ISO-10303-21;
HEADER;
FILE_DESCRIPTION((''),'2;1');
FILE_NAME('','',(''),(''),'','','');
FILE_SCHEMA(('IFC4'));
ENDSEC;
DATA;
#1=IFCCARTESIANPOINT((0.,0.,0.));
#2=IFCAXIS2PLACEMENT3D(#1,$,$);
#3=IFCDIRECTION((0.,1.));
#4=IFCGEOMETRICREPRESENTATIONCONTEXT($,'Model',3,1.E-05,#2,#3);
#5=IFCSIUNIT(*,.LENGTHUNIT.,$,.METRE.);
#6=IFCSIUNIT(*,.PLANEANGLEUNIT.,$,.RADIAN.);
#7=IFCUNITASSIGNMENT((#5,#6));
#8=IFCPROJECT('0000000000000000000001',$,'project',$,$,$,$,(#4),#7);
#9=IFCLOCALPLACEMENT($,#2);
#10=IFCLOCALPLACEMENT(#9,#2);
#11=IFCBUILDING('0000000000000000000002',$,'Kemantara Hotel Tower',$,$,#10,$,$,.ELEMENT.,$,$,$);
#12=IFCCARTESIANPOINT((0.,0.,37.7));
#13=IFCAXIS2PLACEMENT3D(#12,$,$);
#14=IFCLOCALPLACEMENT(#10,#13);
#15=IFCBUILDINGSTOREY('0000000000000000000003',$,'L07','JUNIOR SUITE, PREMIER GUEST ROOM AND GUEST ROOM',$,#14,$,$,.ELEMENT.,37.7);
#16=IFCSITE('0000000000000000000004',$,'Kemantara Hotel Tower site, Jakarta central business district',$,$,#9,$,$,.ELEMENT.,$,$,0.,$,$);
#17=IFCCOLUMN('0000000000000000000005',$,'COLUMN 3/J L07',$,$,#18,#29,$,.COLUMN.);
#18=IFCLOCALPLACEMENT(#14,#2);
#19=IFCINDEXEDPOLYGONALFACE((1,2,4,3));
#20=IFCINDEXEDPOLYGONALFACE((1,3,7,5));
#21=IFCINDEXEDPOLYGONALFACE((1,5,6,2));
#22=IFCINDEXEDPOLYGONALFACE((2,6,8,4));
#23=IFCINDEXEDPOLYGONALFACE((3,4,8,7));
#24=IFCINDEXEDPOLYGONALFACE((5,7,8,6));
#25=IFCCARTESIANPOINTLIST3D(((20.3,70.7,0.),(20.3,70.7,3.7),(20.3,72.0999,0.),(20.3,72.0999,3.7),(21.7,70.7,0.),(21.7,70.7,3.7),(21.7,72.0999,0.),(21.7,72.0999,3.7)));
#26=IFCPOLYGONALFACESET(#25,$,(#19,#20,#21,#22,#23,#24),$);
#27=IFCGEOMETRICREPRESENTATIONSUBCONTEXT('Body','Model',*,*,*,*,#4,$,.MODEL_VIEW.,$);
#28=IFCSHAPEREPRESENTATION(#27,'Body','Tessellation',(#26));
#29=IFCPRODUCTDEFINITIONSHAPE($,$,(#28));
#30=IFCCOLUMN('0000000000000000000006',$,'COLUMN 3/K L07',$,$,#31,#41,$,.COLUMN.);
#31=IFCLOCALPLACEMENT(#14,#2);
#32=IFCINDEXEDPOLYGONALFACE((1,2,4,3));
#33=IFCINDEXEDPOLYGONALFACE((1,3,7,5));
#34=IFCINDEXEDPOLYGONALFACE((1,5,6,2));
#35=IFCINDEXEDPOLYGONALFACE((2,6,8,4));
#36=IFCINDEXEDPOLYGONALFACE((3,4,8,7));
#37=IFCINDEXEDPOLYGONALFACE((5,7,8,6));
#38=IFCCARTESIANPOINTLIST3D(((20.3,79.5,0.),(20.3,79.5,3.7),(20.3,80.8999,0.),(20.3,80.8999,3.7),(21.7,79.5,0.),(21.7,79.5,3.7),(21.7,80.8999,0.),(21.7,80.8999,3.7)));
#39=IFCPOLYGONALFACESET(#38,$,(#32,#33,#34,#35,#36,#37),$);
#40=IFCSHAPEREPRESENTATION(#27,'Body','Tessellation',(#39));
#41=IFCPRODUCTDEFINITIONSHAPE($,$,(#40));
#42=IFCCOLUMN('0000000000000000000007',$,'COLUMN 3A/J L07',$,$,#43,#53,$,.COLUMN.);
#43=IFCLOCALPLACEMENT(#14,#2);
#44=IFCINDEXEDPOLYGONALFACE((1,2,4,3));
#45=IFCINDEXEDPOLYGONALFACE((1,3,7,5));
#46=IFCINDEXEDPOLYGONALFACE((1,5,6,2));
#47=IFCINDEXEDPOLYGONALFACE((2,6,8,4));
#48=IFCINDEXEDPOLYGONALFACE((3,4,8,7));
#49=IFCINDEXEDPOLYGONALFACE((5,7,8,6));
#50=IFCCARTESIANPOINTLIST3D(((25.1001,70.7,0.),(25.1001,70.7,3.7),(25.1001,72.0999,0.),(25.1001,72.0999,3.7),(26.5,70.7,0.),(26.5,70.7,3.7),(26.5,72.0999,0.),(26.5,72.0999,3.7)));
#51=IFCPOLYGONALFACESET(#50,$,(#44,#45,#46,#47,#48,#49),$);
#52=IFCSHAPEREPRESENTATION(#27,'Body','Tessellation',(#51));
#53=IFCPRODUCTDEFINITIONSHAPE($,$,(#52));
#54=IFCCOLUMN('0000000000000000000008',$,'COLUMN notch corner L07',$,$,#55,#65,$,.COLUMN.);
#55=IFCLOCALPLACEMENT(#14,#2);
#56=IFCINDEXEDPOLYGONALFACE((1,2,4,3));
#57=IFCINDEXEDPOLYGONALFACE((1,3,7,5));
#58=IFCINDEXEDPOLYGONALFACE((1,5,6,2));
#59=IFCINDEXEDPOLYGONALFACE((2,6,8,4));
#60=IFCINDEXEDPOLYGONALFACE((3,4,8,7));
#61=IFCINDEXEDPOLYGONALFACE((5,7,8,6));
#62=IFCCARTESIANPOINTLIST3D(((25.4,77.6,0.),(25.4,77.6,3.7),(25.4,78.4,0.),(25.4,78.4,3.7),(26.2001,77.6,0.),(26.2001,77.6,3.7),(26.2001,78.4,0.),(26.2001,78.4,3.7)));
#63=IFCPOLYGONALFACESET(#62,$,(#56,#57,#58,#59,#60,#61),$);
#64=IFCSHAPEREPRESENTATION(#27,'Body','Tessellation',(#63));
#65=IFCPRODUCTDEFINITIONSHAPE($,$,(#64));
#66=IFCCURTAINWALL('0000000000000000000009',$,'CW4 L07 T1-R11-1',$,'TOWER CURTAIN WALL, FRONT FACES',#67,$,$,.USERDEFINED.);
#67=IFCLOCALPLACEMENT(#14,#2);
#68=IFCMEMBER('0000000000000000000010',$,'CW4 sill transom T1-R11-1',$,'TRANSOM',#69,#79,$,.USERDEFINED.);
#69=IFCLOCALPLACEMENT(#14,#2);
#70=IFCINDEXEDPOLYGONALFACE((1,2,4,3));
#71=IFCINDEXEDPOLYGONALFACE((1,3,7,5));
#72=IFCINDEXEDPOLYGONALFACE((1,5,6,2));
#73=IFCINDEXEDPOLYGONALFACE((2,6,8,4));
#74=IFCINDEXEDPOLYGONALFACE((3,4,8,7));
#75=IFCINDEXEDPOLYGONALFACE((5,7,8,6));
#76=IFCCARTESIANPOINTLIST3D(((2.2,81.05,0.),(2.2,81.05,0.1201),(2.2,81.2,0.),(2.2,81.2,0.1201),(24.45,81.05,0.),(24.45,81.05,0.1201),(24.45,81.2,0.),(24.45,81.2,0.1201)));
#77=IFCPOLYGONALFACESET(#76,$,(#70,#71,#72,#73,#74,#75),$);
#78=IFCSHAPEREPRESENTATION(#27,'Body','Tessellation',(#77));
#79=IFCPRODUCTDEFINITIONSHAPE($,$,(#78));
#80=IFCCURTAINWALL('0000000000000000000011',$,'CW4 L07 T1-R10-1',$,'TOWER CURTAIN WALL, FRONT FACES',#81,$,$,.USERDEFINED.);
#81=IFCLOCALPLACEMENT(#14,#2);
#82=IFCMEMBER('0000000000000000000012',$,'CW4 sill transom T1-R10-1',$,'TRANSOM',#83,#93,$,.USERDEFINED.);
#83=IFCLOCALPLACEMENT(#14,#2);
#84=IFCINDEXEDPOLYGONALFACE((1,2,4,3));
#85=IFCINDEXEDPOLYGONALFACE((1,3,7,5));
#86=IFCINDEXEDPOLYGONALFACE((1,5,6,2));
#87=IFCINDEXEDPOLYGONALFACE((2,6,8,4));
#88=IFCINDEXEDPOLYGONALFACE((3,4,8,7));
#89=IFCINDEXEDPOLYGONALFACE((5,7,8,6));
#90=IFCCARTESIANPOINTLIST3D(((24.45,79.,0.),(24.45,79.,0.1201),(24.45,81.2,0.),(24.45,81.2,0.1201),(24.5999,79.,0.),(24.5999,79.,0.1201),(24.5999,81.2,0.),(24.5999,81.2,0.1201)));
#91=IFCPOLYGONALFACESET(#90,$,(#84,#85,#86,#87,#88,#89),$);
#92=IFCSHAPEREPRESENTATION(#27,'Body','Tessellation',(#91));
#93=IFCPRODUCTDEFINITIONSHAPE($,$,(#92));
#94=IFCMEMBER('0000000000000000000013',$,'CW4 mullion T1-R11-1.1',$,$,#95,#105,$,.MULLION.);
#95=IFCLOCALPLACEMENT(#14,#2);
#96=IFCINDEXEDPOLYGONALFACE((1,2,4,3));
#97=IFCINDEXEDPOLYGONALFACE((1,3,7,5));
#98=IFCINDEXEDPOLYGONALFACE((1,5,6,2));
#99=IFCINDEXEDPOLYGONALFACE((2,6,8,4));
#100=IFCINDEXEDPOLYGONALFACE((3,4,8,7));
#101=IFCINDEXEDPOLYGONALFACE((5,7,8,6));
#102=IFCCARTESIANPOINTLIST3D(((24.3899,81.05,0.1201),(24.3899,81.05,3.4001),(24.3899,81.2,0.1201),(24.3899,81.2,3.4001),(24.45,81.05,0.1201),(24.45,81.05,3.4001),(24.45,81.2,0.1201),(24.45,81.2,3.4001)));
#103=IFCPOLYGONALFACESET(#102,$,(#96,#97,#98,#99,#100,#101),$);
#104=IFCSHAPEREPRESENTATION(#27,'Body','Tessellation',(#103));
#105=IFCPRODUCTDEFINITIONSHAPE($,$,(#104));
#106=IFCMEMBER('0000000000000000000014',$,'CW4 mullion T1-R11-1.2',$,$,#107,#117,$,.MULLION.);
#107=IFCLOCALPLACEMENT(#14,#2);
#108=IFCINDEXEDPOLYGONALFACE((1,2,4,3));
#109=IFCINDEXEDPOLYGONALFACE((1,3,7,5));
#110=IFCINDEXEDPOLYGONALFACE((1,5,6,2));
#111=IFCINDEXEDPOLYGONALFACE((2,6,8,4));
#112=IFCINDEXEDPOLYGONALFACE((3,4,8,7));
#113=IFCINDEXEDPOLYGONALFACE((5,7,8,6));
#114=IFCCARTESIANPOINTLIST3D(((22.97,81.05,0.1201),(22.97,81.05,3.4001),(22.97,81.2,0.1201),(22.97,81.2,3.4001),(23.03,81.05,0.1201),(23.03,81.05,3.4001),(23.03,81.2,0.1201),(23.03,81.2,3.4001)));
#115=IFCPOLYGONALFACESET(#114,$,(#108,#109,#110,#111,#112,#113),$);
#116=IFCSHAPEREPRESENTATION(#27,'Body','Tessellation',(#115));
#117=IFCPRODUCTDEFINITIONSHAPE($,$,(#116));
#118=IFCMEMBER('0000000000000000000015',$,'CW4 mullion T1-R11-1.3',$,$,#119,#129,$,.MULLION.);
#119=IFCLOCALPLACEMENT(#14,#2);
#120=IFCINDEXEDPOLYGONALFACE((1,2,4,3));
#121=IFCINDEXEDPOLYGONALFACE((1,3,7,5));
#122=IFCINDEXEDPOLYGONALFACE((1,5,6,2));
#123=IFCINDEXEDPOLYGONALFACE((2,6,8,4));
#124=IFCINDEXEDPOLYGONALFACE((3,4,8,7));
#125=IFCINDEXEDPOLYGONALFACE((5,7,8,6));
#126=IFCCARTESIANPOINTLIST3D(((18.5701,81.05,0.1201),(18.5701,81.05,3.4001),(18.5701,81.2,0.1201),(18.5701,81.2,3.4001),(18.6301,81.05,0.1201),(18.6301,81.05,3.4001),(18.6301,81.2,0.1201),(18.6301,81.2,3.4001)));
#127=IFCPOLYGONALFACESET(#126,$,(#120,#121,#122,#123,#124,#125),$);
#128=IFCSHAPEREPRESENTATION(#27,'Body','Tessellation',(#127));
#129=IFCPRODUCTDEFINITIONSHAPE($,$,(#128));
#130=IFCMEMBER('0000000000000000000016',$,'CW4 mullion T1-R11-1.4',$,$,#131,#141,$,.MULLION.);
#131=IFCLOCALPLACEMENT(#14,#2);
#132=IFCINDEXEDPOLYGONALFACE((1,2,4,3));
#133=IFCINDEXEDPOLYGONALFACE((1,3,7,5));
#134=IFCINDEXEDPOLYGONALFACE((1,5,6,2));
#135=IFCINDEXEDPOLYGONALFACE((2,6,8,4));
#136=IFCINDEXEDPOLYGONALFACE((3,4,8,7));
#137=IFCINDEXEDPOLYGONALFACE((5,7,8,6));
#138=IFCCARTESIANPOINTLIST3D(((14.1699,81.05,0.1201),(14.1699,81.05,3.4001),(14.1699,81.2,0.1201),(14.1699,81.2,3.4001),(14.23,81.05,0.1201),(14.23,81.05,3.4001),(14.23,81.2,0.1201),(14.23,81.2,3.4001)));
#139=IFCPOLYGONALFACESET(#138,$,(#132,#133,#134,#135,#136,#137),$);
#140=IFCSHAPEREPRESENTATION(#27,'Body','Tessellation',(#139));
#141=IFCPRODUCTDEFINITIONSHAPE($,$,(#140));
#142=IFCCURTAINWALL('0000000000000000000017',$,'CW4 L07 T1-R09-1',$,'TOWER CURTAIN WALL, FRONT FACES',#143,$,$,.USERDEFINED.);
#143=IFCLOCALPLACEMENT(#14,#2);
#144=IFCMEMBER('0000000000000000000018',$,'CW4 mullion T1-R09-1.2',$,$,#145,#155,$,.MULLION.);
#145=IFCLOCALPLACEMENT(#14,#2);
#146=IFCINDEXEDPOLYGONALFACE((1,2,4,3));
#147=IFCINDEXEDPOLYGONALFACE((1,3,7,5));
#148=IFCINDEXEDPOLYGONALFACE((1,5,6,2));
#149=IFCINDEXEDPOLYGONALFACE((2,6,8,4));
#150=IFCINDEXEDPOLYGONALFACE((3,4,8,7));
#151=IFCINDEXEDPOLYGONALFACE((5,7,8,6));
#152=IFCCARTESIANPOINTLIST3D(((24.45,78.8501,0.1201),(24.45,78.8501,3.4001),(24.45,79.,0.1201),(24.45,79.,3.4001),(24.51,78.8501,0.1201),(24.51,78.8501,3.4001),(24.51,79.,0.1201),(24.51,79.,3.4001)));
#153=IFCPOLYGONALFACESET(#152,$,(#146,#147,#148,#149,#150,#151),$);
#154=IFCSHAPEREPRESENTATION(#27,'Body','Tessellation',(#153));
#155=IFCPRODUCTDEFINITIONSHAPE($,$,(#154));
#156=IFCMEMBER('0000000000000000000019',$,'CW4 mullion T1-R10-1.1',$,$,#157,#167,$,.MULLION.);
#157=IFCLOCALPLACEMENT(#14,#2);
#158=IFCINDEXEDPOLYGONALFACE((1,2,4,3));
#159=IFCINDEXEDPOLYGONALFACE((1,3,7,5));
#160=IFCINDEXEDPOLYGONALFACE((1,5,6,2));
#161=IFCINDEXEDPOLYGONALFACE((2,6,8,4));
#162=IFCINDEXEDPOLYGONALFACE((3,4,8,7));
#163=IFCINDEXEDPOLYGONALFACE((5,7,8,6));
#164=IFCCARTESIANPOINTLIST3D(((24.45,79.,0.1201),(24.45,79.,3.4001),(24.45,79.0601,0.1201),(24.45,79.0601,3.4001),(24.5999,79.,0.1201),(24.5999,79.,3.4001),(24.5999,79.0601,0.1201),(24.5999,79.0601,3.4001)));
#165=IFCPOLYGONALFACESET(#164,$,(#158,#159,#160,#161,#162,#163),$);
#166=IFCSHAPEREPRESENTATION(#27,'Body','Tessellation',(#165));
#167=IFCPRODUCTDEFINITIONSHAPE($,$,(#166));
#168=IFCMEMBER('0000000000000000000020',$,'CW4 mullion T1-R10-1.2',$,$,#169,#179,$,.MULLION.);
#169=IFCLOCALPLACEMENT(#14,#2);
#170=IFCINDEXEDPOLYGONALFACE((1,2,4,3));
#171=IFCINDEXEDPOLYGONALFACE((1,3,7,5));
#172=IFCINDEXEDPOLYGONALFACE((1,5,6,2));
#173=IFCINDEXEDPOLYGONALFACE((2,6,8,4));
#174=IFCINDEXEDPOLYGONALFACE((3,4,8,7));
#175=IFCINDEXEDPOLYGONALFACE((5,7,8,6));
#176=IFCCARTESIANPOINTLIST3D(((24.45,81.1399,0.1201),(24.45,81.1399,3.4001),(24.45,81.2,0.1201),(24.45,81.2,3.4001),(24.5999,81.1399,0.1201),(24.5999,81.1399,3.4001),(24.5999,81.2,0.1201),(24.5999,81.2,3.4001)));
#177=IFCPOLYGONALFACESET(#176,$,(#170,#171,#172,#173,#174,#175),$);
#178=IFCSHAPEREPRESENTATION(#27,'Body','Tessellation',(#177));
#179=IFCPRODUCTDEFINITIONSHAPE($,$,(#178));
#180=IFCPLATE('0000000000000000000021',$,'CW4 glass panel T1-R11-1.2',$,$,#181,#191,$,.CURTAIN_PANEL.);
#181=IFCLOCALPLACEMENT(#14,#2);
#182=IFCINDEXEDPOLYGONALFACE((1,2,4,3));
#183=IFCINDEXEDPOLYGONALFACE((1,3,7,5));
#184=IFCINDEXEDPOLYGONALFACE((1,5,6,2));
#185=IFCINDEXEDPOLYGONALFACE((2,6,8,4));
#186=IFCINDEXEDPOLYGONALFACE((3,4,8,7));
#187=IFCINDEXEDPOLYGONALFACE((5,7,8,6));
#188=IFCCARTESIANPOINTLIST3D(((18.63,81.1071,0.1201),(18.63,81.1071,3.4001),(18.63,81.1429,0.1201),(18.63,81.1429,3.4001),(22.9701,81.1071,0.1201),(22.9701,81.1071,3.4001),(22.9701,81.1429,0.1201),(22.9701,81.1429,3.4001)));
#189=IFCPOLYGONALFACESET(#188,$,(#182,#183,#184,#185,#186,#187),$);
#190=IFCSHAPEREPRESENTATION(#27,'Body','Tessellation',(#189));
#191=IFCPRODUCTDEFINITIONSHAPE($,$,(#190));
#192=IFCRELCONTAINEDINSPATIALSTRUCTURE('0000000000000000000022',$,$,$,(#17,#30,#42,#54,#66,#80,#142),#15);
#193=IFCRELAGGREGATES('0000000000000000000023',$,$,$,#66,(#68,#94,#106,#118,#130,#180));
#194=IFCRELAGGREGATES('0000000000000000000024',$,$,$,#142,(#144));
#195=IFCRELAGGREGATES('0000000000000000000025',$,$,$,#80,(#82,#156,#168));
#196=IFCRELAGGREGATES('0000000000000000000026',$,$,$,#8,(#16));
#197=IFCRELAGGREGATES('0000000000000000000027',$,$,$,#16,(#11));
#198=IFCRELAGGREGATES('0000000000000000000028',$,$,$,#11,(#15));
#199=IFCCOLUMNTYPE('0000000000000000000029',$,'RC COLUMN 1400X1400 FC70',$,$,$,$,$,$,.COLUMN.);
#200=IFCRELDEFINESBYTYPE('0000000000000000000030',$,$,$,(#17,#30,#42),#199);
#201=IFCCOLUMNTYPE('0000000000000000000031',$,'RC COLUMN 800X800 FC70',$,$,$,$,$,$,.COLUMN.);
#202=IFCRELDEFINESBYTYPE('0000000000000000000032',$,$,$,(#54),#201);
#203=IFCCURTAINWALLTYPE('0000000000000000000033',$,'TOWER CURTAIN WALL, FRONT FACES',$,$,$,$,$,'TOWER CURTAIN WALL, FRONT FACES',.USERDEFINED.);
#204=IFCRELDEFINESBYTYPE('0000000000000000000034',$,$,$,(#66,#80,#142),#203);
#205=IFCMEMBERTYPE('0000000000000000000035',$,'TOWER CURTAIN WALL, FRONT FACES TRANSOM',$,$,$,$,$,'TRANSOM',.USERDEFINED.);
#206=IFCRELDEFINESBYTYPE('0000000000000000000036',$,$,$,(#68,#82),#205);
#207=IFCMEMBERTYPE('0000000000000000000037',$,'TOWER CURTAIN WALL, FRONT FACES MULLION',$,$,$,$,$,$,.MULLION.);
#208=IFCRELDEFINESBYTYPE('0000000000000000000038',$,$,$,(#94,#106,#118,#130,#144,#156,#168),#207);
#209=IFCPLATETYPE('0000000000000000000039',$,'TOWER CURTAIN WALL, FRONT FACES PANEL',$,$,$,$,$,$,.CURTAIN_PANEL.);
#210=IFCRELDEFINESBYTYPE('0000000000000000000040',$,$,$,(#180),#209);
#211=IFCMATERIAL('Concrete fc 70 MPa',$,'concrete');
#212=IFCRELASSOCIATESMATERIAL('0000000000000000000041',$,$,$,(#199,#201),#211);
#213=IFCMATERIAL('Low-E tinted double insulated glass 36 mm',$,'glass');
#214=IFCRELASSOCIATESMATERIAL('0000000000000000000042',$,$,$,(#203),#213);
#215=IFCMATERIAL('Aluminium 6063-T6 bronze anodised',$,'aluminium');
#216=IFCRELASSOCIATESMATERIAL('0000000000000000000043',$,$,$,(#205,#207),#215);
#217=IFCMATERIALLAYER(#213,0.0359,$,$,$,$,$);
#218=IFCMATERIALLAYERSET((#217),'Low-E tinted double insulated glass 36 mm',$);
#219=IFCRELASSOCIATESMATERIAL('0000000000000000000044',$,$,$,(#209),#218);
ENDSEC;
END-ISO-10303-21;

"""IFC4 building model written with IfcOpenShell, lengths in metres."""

from ifc_helpers import new_model, si_unit, direction, frame, origin, origin_2d, place, context, subcontext, project, spatial, rectangle, extrude, source, transform, mapped, material, layer, layer_set, material_profile, profile_set, type_object, element, aggregate, save


model = new_model("IFC4")

# Units and contexts
model_context = context("Model", 3, precision=1e-05, world=origin(), true_north=direction((0.0, 1.0)))
body_context = subcontext(model_context, "Body", "Model", "MODEL_VIEW")
ifc_project = project(units=[si_unit("LENGTHUNIT", "METRE"), si_unit("PLANEANGLEUNIT", "RADIAN")], contexts=[model_context])

# Site, building, storey
site_placement = place(None, origin())
site = spatial("IfcSite", under=ifc_project, at=site_placement, Name="Kemantara Hotel Tower site, Jakarta central business district", CompositionType="ELEMENT", RefElevation=0.0)
building_placement = place(site_placement, origin())
building = spatial("IfcBuilding", under=site, at=building_placement, Name="Kemantara Hotel Tower", CompositionType="ELEMENT")
storey_placement = place(building_placement, frame((0.0, 0.0, 37.7)))
storey = spatial("IfcBuildingStorey", under=building, at=storey_placement, Name="L07", Description="JUNIOR SUITE, PREMIER GUEST ROOM AND GUEST ROOM", CompositionType="ELEMENT", Elevation=37.7)

# Columns
ifc_material_1 = material(Name="Concrete fc 70 MPa", Category="concrete")
ifc_material_profile_1 = material_profile(ifc_material_1, rectangle(XDim=1.3999, YDim=1.3999, at=origin_2d()), Name="RC 1400X1400")
ifc_profile_set_1 = profile_set([ifc_material_profile_1], Name="Concrete fc 70 MPa")
column_type_1 = type_object("IfcColumnType", Name="RC COLUMN 1400X1400 FC70", PredefinedType="COLUMN", material=ifc_profile_set_1)
for number, where, z_axis, x_axis, name in (
    (1, (21.0, 71.3999, 0.0), (0.0, 0.0, 1.0), (1.0, 0.0, 0.0), "COLUMN 3/J L07"),
    (2, (21.0, 80.2, 0.0), (0.0, 0.0, 1.0), (1.0, 0.0, 0.0), "COLUMN 3/K L07"),
    (3, (25.8, 71.3999, 0.0), (0.0, 0.0, 1.0), (1.0, 0.0, 0.0), "COLUMN 3A/J L07"),
):
    element("IfcColumn", number, at=place(storey_placement, frame(where, z_axis=z_axis, x_axis=x_axis)), inside=storey, type_object=column_type_1, Name=name, PredefinedType="COLUMN", context=body_context, shape_type="SweptSolid", body=[
        extrude(rectangle(XDim=1.3999, YDim=1.3999, at=origin_2d()), origin(), (0.0, 0.0, 1.0), 3.7),
    ])
ifc_material_profile_2 = material_profile(ifc_material_1, rectangle(XDim=0.8, YDim=0.8, at=origin_2d()), Name="RC 800X800")
ifc_profile_set_2 = profile_set([ifc_material_profile_2], Name="Concrete fc 70 MPa")
column_type_2 = type_object("IfcColumnType", Name="RC COLUMN 800X800 FC70", PredefinedType="COLUMN", material=ifc_profile_set_2)
column_placement = place(storey_placement, frame((25.8, 78.0, 0.0), z_axis=(0.0, 0.0, 1.0), x_axis=(1.0, 0.0, 0.0)))
element("IfcColumn", 4, at=column_placement, inside=storey, type_object=column_type_2, Name="COLUMN notch corner L07", PredefinedType="COLUMN", context=body_context, shape_type="SweptSolid", body=[
    extrude(rectangle(XDim=0.8, YDim=0.8, at=origin_2d()), origin(), (0.0, 0.0, 1.0), 3.7),
])

# Curtain walls, members
ifc_material_2 = material(Name="Low-E tinted double insulated glass 36 mm", Category="glass")
curtain_wall_type = type_object("IfcCurtainWallType", Name="TOWER CURTAIN WALL, FRONT FACES", ElementType="TOWER CURTAIN WALL, FRONT FACES", PredefinedType="USERDEFINED", material=ifc_material_2)
curtain_wall_1_placement = place(storey_placement, origin())
curtain_wall_1 = element("IfcCurtainWall", 5, at=curtain_wall_1_placement, inside=storey, type_object=curtain_wall_type, Name="CW4 L07 T1-R11-1", ObjectType="TOWER CURTAIN WALL, FRONT FACES", PredefinedType="USERDEFINED")
ifc_material_3 = material(Name="Aluminium 6063-T6 bronze anodised", Category="aluminium")
ifc_material_profile_3 = material_profile(ifc_material_3, rectangle(XDim=0.1499, YDim=0.1201, at=origin_2d()), Name="TOWER CURTAIN WALL, FRONT FACES TRANSOM")
ifc_profile_set_3 = profile_set([ifc_material_profile_3], Name="Aluminium 6063-T6 bronze anodised")
member_type_1 = type_object("IfcMemberType", Name="TOWER CURTAIN WALL, FRONT FACES TRANSOM", ElementType="TRANSOM", PredefinedType="USERDEFINED", material=ifc_profile_set_3)
member_1_placement = place(storey_placement, frame((24.45, 81.125, 0.0601), z_axis=(-1.0, 0.0, 0.0), x_axis=(0.0, -1.0, 0.0)))
member_1 = element("IfcMember", 6, at=member_1_placement, type_object=member_type_1, Name="CW4 sill transom T1-R11-1", ObjectType="TRANSOM", PredefinedType="USERDEFINED", context=body_context, shape_type="SweptSolid", body=[
    extrude(rectangle(XDim=0.1499, YDim=0.1201, at=origin_2d()), origin(), (0.0, 0.0, 1.0), 22.25),
])
curtain_wall_2_placement = place(storey_placement, origin())
curtain_wall_2 = element("IfcCurtainWall", 7, at=curtain_wall_2_placement, inside=storey, type_object=curtain_wall_type, Name="CW4 L07 T1-R10-1", ObjectType="TOWER CURTAIN WALL, FRONT FACES", PredefinedType="USERDEFINED")
member_2_placement = place(storey_placement, frame((24.5249, 79.0, 0.0601), z_axis=(0.0, 1.0, 0.0), x_axis=(-1.0, 0.0, 0.0)))
member_2 = element("IfcMember", 8, at=member_2_placement, type_object=member_type_1, Name="CW4 sill transom T1-R10-1", ObjectType="TRANSOM", PredefinedType="USERDEFINED", context=body_context, shape_type="SweptSolid", body=[
    extrude(rectangle(XDim=0.1499, YDim=0.1201, at=origin_2d()), origin(), (0.0, 0.0, 1.0), 2.2),
])

# Members
ifc_material_profile_4 = material_profile(ifc_material_3, rectangle(XDim=0.1499, YDim=0.0601, at=origin_2d()), Name="TOWER CURTAIN WALL, FRONT FACES MULLION")
ifc_profile_set_4 = profile_set([ifc_material_profile_4], Name="Aluminium 6063-T6 bronze anodised")
member_type_2 = type_object("IfcMemberType", Name="TOWER CURTAIN WALL, FRONT FACES MULLION", PredefinedType="MULLION", material=ifc_profile_set_4)
shared_shape_1 = source(origin(), body_context, "Body", "SweptSolid", [
    extrude(rectangle(XDim=0.1499, YDim=0.0601, at=origin_2d()), origin(), (0.0, 0.0, 1.0), 3.28),
])
member_3_placement = place(storey_placement, frame((24.4199, 81.125, 0.1201), z_axis=(0.0, 0.0, 1.0), x_axis=(0.0, -1.0, 0.0)))
member_3 = element("IfcMember", 9, at=member_3_placement, type_object=member_type_2, Name="CW4 mullion T1-R11-1.1", PredefinedType="MULLION", context=body_context, shape_type="MappedRepresentation", body=[
    mapped(shared_shape_1, transform((0.0, 0.0, 0.0))),
])
member_4_placement = place(storey_placement, frame((23.0, 81.125, 0.1201), z_axis=(0.0, 0.0, 1.0), x_axis=(0.0, -1.0, 0.0)))
member_4 = element("IfcMember", 10, at=member_4_placement, type_object=member_type_2, Name="CW4 mullion T1-R11-1.2", PredefinedType="MULLION", context=body_context, shape_type="MappedRepresentation", body=[
    mapped(shared_shape_1, transform((0.0, 0.0, 0.0))),
])
member_5_placement = place(storey_placement, frame((18.6001, 81.125, 0.1201), z_axis=(0.0, 0.0, 1.0), x_axis=(0.0, -1.0, 0.0)))
member_5 = element("IfcMember", 11, at=member_5_placement, type_object=member_type_2, Name="CW4 mullion T1-R11-1.3", PredefinedType="MULLION", context=body_context, shape_type="MappedRepresentation", body=[
    mapped(shared_shape_1, transform((0.0, 0.0, 0.0))),
])
member_6_placement = place(storey_placement, frame((14.2, 81.125, 0.1201), z_axis=(0.0, 0.0, 1.0), x_axis=(0.0, -1.0, 0.0)))
member_6 = element("IfcMember", 12, at=member_6_placement, type_object=member_type_2, Name="CW4 mullion T1-R11-1.4", PredefinedType="MULLION", context=body_context, shape_type="MappedRepresentation", body=[
    mapped(shared_shape_1, transform((0.0, 0.0, 0.0))),
])

# Curtain wall, member
curtain_wall_3_placement = place(storey_placement, origin())
curtain_wall_3 = element("IfcCurtainWall", 13, at=curtain_wall_3_placement, inside=storey, type_object=curtain_wall_type, Name="CW4 L07 T1-R09-1", ObjectType="TOWER CURTAIN WALL, FRONT FACES", PredefinedType="USERDEFINED")
member_7_placement = place(storey_placement, frame((24.48, 78.925, 0.1201), z_axis=(0.0, 0.0, 1.0), x_axis=(0.0, -1.0, 0.0)))
member_7 = element("IfcMember", 14, at=member_7_placement, type_object=member_type_2, Name="CW4 mullion T1-R09-1.2", PredefinedType="MULLION", context=body_context, shape_type="MappedRepresentation", body=[
    mapped(shared_shape_1, transform((0.0, 0.0, 0.0))),
])

# Members
member_8_placement = place(storey_placement, frame((24.5249, 79.03, 0.1201), z_axis=(0.0, 0.0, 1.0), x_axis=(-1.0, 0.0, 0.0)))
member_8 = element("IfcMember", 15, at=member_8_placement, type_object=member_type_2, Name="CW4 mullion T1-R10-1.1", PredefinedType="MULLION", context=body_context, shape_type="MappedRepresentation", body=[
    mapped(shared_shape_1, transform((0.0, 0.0, 0.0))),
])
member_9_placement = place(storey_placement, frame((24.5249, 81.1699, 0.1201), z_axis=(0.0, 0.0, 1.0), x_axis=(-1.0, 0.0, 0.0)))
member_9 = element("IfcMember", 16, at=member_9_placement, type_object=member_type_2, Name="CW4 mullion T1-R10-1.2", PredefinedType="MULLION", context=body_context, shape_type="MappedRepresentation", body=[
    mapped(shared_shape_1, transform((0.0, 0.0, 0.0))),
])

# Plate
ifc_layer_1 = layer(ifc_material_2, 0.0359)
ifc_layer_set_1 = layer_set([ifc_layer_1], Name="Low-E tinted double insulated glass 36 mm")
plate_type = type_object("IfcPlateType", Name="TOWER CURTAIN WALL, FRONT FACES PANEL", PredefinedType="CURTAIN_PANEL", material=ifc_layer_set_1)
shared_shape_2 = source(origin(), body_context, "Body", "SweptSolid", [
    extrude(rectangle(XDim=4.3401, YDim=0.0359, at=origin_2d()), origin(), (0.0, 0.0, 1.0), 3.28),
])
plate_1_placement = place(storey_placement, frame((20.8, 81.125, 0.1201), z_axis=(0.0, 0.0, 1.0), x_axis=(-1.0, 0.0, 0.0)))
plate_1 = element("IfcPlate", 17, at=plate_1_placement, type_object=plate_type, Name="CW4 glass panel T1-R11-1.2", PredefinedType="CURTAIN_PANEL", context=body_context, shape_type="MappedRepresentation", body=[
    mapped(shared_shape_2, transform((0.0, 0.0, 0.0))),
])
aggregate(curtain_wall_1, [member_1, member_3, member_4, member_5, member_6, plate_1])
aggregate(curtain_wall_3, [member_7])
aggregate(curtain_wall_2, [member_2, member_8, member_9])

save(model, "model.ifc")
